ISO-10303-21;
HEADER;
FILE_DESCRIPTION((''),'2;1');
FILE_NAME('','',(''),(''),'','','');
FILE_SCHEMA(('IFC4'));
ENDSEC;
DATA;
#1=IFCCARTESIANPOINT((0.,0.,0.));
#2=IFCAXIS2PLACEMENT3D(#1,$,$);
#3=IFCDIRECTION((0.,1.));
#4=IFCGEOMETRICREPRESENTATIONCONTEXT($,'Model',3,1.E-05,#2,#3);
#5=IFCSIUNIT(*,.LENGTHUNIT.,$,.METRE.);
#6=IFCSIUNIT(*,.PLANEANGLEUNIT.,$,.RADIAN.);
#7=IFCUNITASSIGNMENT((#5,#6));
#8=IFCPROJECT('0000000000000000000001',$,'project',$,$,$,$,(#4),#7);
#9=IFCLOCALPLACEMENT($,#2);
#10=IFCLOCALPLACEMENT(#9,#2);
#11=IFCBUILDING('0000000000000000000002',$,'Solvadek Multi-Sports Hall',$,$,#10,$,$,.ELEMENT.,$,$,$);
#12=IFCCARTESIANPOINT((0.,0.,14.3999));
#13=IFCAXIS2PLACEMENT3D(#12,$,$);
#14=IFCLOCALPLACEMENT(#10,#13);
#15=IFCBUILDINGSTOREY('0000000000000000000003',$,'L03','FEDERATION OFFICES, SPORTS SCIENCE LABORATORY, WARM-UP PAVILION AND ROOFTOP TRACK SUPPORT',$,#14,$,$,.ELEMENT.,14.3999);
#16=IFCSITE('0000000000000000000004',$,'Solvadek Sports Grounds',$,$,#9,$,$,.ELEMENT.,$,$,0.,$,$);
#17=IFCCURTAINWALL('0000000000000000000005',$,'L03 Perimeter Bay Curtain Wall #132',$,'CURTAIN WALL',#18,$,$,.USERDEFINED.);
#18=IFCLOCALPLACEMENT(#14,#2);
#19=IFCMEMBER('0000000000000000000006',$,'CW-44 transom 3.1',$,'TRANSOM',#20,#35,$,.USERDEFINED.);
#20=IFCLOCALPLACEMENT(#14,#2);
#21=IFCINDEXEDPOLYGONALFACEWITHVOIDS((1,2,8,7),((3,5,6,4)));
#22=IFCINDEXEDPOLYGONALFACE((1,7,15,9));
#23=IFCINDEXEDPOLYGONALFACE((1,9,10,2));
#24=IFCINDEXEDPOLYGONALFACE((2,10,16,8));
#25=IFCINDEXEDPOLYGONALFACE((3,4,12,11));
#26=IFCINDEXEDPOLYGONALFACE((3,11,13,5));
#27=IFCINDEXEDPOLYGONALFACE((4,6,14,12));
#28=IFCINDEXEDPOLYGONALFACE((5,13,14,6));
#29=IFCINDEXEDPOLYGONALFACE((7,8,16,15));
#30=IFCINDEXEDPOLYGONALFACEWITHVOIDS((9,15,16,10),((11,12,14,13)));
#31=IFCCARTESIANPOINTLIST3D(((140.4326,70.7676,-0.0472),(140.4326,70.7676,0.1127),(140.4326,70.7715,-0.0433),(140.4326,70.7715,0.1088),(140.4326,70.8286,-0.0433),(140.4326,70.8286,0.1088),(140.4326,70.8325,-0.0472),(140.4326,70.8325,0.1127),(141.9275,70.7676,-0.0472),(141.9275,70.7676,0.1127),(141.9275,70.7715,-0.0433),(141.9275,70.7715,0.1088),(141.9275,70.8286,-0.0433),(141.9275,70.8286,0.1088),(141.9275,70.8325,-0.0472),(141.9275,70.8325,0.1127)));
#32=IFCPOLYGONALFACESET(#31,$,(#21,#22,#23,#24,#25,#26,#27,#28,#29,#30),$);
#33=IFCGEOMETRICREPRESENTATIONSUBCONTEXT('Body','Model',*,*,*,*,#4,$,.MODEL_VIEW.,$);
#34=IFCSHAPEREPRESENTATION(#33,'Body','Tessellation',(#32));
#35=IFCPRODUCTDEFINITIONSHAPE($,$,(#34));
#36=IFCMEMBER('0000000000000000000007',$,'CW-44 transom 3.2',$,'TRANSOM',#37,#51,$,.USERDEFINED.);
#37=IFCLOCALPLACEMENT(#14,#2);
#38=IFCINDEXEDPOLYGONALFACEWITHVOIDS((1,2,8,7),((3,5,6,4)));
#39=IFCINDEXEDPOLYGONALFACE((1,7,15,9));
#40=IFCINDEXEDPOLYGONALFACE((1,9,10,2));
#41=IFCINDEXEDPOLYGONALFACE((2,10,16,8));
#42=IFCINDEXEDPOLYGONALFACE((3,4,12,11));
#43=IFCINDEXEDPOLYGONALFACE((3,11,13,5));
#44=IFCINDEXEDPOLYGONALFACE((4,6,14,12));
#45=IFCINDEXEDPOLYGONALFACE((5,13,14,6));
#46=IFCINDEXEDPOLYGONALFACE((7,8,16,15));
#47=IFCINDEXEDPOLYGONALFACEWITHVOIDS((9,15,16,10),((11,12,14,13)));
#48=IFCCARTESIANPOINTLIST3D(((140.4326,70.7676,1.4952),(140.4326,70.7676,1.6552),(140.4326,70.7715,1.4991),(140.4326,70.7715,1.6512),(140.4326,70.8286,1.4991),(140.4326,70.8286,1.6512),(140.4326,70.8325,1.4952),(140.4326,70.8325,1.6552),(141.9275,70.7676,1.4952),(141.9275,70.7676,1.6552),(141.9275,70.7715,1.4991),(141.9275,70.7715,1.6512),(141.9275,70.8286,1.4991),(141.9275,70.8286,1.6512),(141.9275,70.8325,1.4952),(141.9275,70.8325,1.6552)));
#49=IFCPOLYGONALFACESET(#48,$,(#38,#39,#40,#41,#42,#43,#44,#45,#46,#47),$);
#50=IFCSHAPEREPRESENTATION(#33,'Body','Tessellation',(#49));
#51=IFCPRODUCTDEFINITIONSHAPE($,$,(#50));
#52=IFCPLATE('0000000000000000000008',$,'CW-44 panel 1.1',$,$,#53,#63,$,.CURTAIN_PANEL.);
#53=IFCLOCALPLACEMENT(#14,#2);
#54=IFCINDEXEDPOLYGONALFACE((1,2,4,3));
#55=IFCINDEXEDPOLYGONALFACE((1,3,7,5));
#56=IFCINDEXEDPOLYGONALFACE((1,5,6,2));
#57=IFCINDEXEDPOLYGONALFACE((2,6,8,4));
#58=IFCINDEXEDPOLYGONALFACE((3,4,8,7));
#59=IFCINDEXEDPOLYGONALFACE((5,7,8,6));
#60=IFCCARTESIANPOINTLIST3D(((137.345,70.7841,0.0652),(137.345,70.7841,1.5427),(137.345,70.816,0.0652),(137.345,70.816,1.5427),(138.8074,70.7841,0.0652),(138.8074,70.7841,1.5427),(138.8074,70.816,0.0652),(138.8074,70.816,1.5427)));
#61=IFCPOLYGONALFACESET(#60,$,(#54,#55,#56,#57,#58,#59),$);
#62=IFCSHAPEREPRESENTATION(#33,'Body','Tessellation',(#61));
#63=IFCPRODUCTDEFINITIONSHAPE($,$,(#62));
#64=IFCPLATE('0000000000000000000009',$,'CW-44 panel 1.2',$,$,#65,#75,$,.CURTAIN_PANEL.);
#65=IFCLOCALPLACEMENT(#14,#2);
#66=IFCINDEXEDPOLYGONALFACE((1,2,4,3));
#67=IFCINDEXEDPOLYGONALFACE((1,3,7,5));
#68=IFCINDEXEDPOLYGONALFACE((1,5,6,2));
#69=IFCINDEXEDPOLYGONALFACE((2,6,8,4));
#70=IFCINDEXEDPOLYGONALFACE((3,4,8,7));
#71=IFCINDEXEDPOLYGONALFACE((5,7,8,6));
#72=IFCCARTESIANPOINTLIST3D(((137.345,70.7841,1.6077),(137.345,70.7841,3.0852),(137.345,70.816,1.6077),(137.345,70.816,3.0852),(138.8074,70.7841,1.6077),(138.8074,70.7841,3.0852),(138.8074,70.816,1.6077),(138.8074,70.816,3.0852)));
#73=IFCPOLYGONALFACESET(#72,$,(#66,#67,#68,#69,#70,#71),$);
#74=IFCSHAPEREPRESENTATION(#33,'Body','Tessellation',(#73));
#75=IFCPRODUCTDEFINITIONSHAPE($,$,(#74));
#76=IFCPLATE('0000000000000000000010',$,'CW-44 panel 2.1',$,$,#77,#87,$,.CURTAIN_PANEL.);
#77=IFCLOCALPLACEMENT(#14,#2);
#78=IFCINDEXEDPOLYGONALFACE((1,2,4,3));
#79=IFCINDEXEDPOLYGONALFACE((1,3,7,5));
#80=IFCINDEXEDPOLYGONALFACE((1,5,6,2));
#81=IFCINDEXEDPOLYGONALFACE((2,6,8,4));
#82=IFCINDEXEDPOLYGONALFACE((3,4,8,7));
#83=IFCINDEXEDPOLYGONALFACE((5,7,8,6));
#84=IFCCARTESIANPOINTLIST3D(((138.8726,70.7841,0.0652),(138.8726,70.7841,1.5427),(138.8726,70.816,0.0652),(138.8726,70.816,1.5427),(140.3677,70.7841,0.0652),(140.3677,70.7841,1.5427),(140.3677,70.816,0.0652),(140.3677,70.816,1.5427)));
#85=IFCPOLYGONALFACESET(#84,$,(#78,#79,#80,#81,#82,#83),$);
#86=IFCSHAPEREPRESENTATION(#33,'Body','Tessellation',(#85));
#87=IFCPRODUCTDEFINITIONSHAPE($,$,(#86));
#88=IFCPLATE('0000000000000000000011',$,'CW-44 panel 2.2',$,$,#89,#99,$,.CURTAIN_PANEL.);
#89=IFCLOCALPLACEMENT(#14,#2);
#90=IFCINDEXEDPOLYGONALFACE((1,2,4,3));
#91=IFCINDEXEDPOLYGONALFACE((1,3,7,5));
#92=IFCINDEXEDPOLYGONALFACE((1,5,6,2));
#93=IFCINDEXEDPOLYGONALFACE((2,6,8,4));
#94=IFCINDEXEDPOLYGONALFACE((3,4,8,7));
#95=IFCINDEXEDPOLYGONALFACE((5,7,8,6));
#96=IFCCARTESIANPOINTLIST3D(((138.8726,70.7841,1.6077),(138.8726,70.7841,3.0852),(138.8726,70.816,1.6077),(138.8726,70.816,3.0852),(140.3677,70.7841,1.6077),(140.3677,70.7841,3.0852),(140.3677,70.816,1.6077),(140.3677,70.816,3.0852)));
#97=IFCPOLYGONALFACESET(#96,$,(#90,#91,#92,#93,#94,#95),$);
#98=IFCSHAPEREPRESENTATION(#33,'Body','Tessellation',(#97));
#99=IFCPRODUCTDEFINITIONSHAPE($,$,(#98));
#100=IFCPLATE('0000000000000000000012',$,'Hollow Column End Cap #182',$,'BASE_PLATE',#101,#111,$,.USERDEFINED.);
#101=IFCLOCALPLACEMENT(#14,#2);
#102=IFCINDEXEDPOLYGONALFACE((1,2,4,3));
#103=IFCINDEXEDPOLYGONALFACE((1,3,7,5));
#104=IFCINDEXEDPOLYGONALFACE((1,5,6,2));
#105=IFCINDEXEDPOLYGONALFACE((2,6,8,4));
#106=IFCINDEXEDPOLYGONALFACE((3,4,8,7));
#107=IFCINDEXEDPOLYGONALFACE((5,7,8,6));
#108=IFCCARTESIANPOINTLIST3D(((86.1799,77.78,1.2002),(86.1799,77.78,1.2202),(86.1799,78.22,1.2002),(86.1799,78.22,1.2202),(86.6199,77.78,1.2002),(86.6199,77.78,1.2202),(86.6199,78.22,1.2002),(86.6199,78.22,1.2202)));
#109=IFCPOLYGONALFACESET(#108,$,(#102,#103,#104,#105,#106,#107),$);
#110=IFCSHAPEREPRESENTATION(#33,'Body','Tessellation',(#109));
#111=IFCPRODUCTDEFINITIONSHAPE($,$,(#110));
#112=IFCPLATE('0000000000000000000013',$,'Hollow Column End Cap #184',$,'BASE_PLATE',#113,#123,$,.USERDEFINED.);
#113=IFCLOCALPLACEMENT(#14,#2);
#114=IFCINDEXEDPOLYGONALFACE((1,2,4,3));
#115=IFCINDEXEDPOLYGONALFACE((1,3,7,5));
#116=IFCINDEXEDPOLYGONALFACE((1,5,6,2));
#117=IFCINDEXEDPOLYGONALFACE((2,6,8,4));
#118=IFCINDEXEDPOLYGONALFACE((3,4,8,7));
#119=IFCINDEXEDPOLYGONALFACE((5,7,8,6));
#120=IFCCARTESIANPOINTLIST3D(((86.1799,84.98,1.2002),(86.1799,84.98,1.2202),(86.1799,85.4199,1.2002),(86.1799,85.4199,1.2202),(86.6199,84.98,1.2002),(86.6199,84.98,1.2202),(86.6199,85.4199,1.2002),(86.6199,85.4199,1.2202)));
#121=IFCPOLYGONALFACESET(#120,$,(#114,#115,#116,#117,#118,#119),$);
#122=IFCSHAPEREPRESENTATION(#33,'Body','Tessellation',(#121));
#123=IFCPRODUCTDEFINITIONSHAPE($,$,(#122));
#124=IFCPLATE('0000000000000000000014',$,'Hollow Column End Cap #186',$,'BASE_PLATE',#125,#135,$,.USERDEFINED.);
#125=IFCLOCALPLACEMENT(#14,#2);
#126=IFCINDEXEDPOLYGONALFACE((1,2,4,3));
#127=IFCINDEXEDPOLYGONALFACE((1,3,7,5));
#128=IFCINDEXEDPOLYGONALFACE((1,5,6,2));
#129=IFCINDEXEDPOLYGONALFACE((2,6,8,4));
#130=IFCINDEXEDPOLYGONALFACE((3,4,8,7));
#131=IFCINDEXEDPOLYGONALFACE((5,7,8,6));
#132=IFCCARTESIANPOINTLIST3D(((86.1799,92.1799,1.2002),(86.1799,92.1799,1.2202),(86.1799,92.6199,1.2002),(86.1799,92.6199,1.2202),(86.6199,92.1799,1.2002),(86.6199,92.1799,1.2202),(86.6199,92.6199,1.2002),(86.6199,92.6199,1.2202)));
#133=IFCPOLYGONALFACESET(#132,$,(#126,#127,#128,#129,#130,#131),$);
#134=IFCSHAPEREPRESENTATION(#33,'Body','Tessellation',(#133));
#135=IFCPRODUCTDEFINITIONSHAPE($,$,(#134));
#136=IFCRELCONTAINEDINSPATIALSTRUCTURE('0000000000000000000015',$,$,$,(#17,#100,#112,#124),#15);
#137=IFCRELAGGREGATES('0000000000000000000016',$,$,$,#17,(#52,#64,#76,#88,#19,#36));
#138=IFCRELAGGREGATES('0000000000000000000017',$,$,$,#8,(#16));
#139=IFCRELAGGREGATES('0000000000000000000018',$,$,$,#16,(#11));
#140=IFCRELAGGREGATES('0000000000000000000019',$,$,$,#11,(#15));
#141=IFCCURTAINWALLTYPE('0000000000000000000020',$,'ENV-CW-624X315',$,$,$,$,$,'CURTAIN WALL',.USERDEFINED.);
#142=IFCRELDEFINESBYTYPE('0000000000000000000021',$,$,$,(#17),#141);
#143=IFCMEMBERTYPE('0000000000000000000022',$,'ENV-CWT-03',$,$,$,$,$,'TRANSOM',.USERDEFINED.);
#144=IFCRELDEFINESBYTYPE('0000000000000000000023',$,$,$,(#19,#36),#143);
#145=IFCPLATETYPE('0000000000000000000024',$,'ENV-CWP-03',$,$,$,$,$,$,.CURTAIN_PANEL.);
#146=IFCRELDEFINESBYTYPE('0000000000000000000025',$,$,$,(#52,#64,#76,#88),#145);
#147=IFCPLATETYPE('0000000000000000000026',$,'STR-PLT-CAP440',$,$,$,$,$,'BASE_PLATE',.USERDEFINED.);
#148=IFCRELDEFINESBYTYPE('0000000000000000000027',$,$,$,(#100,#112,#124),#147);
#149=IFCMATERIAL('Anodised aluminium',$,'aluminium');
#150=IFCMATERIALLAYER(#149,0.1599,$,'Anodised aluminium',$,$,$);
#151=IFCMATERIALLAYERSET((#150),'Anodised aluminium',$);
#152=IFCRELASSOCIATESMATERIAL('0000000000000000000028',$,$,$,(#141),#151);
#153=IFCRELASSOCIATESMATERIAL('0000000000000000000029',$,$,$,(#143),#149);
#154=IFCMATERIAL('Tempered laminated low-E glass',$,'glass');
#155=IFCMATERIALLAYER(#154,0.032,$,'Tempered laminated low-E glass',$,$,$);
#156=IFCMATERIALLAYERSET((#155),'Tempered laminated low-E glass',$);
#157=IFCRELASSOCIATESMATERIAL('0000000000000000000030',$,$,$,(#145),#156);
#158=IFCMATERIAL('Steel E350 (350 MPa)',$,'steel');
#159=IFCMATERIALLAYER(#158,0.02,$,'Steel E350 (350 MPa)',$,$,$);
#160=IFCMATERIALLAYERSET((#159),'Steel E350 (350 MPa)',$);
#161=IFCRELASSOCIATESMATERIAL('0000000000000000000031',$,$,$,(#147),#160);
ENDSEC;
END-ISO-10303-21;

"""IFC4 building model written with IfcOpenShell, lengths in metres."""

from ifc_helpers import new_model, si_unit, direction, frame, origin, origin_2d, place, context, subcontext, project, spatial, rectangle, hollow_rectangle, extrude, material, layer, layer_set, material_profile, profile_set, type_object, element, aggregate, save


model = new_model("IFC4")

# Units and contexts
model_context = context("Model", 3, precision=1e-05, world=origin(), true_north=direction((0.0, 1.0)))
body_context = subcontext(model_context, "Body", "Model", "MODEL_VIEW")
ifc_project = project(units=[si_unit("LENGTHUNIT", "METRE"), si_unit("PLANEANGLEUNIT", "RADIAN")], contexts=[model_context])

# Site, building, storey
site_placement = place(None, origin())
site = spatial("IfcSite", under=ifc_project, at=site_placement, Name="Solvadek Sports Grounds", CompositionType="ELEMENT", RefElevation=0.0)
building_placement = place(site_placement, origin())
building = spatial("IfcBuilding", under=site, at=building_placement, Name="Solvadek Multi-Sports Hall", CompositionType="ELEMENT")
storey_placement = place(building_placement, frame((0.0, 0.0, 14.3999)))
storey = spatial("IfcBuildingStorey", under=building, at=storey_placement, Name="L03", Description="FEDERATION OFFICES, SPORTS SCIENCE LABORATORY, WARM-UP PAVILION AND ROOFTOP TRACK SUPPORT", CompositionType="ELEMENT", Elevation=14.3999)

# Shared definitions
ifc_material_1 = material(Name="Steel E350 (350 MPa)", Category="steel")

# Curtain wall, members, plates
ifc_material_2 = material(Name="Anodised aluminium", Category="aluminium")
ifc_layer_1 = layer(ifc_material_2, 0.1599, Name="Anodised aluminium")
ifc_layer_set_1 = layer_set([ifc_layer_1], Name="Anodised aluminium")
curtain_wall_type = type_object("IfcCurtainWallType", Name="ENV-CW-624X315", ElementType="CURTAIN WALL", PredefinedType="USERDEFINED", material=ifc_layer_set_1)
curtain_wall_placement = place(storey_placement, origin())
curtain_wall = element("IfcCurtainWall", 1, at=curtain_wall_placement, inside=storey, type_object=curtain_wall_type, Name="L03 Perimeter Bay Curtain Wall #132", ObjectType="CURTAIN WALL", PredefinedType="USERDEFINED")
ifc_material_profile_1 = material_profile(ifc_material_2, hollow_rectangle(XDim=0.0649, YDim=0.1599, WallThickness=0.0039, at=origin_2d()), Name="ALU-T 160x65x4")
ifc_profile_set_1 = profile_set([ifc_material_profile_1], Name="Anodised aluminium")
member_type_1 = type_object("IfcMemberType", Name="ENV-CWT-03", ElementType="TRANSOM", PredefinedType="USERDEFINED", material=ifc_profile_set_1)
member_1_placement = place(storey_placement, frame((140.4326, 70.8, 0.0327), z_axis=(1.0, 0.0, 0.0), x_axis=(0.0, 1.0, 0.0)))
member_1 = element("IfcMember", 2, at=member_1_placement, type_object=member_type_1, Name="CW-44 transom 3.1", ObjectType="TRANSOM", PredefinedType="USERDEFINED", context=body_context, shape_type="SweptSolid", body=[
    extrude(hollow_rectangle(XDim=0.0649, YDim=0.1599, WallThickness=0.0039, at=origin_2d()), origin(), (0.0, 0.0, 1.0), 1.4949),
])
member_2_placement = place(storey_placement, frame((140.4326, 70.8, 1.5752), z_axis=(1.0, 0.0, 0.0), x_axis=(0.0, 1.0, 0.0)))
member_2 = element("IfcMember", 3, at=member_2_placement, type_object=member_type_1, Name="CW-44 transom 3.2", ObjectType="TRANSOM", PredefinedType="USERDEFINED", context=body_context, shape_type="SweptSolid", body=[
    extrude(hollow_rectangle(XDim=0.0649, YDim=0.1599, WallThickness=0.0039, at=origin_2d()), origin(), (0.0, 0.0, 1.0), 1.4949),
])
ifc_material_3 = material(Name="Tempered laminated low-E glass", Category="glass")
ifc_layer_2 = layer(ifc_material_3, 0.032, Name="Tempered laminated low-E glass")
ifc_layer_set_2 = layer_set([ifc_layer_2], Name="Tempered laminated low-E glass")
plate_type_1 = type_object("IfcPlateType", Name="ENV-CWP-03", PredefinedType="CURTAIN_PANEL", material=ifc_layer_set_2)
plate_1_placement = place(storey_placement, frame((138.0762, 70.8, 0.0652), z_axis=(0.0, 0.0, 1.0), x_axis=(1.0, 0.0, 0.0)))
plate_1 = element("IfcPlate", 4, at=plate_1_placement, type_object=plate_type_1, Name="CW-44 panel 1.1", PredefinedType="CURTAIN_PANEL", context=body_context, shape_type="SweptSolid", body=[
    extrude(rectangle(XDim=1.4624, YDim=0.032, at=origin_2d()), origin(), (0.0, 0.0, 1.0), 1.4775),
])
plate_2_placement = place(storey_placement, frame((138.0762, 70.8, 1.6077), z_axis=(0.0, 0.0, 1.0), x_axis=(1.0, 0.0, 0.0)))
plate_2 = element("IfcPlate", 5, at=plate_2_placement, type_object=plate_type_1, Name="CW-44 panel 1.2", PredefinedType="CURTAIN_PANEL", context=body_context, shape_type="SweptSolid", body=[
    extrude(rectangle(XDim=1.4624, YDim=0.032, at=origin_2d()), origin(), (0.0, 0.0, 1.0), 1.4775),
])
plate_3_placement = place(storey_placement, frame((139.6201, 70.8, 0.0652), z_axis=(0.0, 0.0, 1.0), x_axis=(1.0, 0.0, 0.0)))
plate_3 = element("IfcPlate", 6, at=plate_3_placement, type_object=plate_type_1, Name="CW-44 panel 2.1", PredefinedType="CURTAIN_PANEL", context=body_context, shape_type="SweptSolid", body=[
    extrude(rectangle(XDim=1.4951, YDim=0.032, at=origin_2d()), origin(), (0.0, 0.0, 1.0), 1.4775),
])
plate_4_placement = place(storey_placement, frame((139.6201, 70.8, 1.6077), z_axis=(0.0, 0.0, 1.0), x_axis=(1.0, 0.0, 0.0)))
plate_4 = element("IfcPlate", 7, at=plate_4_placement, type_object=plate_type_1, Name="CW-44 panel 2.2", PredefinedType="CURTAIN_PANEL", context=body_context, shape_type="SweptSolid", body=[
    extrude(rectangle(XDim=1.4951, YDim=0.032, at=origin_2d()), origin(), (0.0, 0.0, 1.0), 1.4775),
])
aggregate(curtain_wall, [plate_1, plate_2, plate_3, plate_4, member_1, member_2])

# Plates
ifc_layer_3 = layer(ifc_material_1, 0.02, Name="Steel E350 (350 MPa)")
ifc_layer_set_3 = layer_set([ifc_layer_3], Name="Steel E350 (350 MPa)")
plate_type_2 = type_object("IfcPlateType", Name="STR-PLT-CAP440", ElementType="BASE_PLATE", PredefinedType="USERDEFINED", material=ifc_layer_set_3)
for number, where, z_axis, x_axis, name in (
    (8, (86.3999, 78.0, 1.2002), (0.0, 0.0, 1.0), (1.0, 0.0, 0.0), "Hollow Column End Cap #182"),
    (9, (86.3999, 85.2, 1.2002), (0.0, 0.0, 1.0), (1.0, 0.0, 0.0), "Hollow Column End Cap #184"),
    (10, (86.3999, 92.3999, 1.2002), (0.0, 0.0, 1.0), (1.0, 0.0, 0.0), "Hollow Column End Cap #186"),
):
    element("IfcPlate", number, at=place(storey_placement, frame(where, z_axis=z_axis, x_axis=x_axis)), inside=storey, type_object=plate_type_2, Name=name, ObjectType="BASE_PLATE", PredefinedType="USERDEFINED", context=body_context, shape_type="SweptSolid", body=[
        extrude(rectangle(XDim=0.4399, YDim=0.4399, at=origin_2d()), origin(), (0.0, 0.0, 1.0), 0.02),
    ])

save(model, "model.ifc")
